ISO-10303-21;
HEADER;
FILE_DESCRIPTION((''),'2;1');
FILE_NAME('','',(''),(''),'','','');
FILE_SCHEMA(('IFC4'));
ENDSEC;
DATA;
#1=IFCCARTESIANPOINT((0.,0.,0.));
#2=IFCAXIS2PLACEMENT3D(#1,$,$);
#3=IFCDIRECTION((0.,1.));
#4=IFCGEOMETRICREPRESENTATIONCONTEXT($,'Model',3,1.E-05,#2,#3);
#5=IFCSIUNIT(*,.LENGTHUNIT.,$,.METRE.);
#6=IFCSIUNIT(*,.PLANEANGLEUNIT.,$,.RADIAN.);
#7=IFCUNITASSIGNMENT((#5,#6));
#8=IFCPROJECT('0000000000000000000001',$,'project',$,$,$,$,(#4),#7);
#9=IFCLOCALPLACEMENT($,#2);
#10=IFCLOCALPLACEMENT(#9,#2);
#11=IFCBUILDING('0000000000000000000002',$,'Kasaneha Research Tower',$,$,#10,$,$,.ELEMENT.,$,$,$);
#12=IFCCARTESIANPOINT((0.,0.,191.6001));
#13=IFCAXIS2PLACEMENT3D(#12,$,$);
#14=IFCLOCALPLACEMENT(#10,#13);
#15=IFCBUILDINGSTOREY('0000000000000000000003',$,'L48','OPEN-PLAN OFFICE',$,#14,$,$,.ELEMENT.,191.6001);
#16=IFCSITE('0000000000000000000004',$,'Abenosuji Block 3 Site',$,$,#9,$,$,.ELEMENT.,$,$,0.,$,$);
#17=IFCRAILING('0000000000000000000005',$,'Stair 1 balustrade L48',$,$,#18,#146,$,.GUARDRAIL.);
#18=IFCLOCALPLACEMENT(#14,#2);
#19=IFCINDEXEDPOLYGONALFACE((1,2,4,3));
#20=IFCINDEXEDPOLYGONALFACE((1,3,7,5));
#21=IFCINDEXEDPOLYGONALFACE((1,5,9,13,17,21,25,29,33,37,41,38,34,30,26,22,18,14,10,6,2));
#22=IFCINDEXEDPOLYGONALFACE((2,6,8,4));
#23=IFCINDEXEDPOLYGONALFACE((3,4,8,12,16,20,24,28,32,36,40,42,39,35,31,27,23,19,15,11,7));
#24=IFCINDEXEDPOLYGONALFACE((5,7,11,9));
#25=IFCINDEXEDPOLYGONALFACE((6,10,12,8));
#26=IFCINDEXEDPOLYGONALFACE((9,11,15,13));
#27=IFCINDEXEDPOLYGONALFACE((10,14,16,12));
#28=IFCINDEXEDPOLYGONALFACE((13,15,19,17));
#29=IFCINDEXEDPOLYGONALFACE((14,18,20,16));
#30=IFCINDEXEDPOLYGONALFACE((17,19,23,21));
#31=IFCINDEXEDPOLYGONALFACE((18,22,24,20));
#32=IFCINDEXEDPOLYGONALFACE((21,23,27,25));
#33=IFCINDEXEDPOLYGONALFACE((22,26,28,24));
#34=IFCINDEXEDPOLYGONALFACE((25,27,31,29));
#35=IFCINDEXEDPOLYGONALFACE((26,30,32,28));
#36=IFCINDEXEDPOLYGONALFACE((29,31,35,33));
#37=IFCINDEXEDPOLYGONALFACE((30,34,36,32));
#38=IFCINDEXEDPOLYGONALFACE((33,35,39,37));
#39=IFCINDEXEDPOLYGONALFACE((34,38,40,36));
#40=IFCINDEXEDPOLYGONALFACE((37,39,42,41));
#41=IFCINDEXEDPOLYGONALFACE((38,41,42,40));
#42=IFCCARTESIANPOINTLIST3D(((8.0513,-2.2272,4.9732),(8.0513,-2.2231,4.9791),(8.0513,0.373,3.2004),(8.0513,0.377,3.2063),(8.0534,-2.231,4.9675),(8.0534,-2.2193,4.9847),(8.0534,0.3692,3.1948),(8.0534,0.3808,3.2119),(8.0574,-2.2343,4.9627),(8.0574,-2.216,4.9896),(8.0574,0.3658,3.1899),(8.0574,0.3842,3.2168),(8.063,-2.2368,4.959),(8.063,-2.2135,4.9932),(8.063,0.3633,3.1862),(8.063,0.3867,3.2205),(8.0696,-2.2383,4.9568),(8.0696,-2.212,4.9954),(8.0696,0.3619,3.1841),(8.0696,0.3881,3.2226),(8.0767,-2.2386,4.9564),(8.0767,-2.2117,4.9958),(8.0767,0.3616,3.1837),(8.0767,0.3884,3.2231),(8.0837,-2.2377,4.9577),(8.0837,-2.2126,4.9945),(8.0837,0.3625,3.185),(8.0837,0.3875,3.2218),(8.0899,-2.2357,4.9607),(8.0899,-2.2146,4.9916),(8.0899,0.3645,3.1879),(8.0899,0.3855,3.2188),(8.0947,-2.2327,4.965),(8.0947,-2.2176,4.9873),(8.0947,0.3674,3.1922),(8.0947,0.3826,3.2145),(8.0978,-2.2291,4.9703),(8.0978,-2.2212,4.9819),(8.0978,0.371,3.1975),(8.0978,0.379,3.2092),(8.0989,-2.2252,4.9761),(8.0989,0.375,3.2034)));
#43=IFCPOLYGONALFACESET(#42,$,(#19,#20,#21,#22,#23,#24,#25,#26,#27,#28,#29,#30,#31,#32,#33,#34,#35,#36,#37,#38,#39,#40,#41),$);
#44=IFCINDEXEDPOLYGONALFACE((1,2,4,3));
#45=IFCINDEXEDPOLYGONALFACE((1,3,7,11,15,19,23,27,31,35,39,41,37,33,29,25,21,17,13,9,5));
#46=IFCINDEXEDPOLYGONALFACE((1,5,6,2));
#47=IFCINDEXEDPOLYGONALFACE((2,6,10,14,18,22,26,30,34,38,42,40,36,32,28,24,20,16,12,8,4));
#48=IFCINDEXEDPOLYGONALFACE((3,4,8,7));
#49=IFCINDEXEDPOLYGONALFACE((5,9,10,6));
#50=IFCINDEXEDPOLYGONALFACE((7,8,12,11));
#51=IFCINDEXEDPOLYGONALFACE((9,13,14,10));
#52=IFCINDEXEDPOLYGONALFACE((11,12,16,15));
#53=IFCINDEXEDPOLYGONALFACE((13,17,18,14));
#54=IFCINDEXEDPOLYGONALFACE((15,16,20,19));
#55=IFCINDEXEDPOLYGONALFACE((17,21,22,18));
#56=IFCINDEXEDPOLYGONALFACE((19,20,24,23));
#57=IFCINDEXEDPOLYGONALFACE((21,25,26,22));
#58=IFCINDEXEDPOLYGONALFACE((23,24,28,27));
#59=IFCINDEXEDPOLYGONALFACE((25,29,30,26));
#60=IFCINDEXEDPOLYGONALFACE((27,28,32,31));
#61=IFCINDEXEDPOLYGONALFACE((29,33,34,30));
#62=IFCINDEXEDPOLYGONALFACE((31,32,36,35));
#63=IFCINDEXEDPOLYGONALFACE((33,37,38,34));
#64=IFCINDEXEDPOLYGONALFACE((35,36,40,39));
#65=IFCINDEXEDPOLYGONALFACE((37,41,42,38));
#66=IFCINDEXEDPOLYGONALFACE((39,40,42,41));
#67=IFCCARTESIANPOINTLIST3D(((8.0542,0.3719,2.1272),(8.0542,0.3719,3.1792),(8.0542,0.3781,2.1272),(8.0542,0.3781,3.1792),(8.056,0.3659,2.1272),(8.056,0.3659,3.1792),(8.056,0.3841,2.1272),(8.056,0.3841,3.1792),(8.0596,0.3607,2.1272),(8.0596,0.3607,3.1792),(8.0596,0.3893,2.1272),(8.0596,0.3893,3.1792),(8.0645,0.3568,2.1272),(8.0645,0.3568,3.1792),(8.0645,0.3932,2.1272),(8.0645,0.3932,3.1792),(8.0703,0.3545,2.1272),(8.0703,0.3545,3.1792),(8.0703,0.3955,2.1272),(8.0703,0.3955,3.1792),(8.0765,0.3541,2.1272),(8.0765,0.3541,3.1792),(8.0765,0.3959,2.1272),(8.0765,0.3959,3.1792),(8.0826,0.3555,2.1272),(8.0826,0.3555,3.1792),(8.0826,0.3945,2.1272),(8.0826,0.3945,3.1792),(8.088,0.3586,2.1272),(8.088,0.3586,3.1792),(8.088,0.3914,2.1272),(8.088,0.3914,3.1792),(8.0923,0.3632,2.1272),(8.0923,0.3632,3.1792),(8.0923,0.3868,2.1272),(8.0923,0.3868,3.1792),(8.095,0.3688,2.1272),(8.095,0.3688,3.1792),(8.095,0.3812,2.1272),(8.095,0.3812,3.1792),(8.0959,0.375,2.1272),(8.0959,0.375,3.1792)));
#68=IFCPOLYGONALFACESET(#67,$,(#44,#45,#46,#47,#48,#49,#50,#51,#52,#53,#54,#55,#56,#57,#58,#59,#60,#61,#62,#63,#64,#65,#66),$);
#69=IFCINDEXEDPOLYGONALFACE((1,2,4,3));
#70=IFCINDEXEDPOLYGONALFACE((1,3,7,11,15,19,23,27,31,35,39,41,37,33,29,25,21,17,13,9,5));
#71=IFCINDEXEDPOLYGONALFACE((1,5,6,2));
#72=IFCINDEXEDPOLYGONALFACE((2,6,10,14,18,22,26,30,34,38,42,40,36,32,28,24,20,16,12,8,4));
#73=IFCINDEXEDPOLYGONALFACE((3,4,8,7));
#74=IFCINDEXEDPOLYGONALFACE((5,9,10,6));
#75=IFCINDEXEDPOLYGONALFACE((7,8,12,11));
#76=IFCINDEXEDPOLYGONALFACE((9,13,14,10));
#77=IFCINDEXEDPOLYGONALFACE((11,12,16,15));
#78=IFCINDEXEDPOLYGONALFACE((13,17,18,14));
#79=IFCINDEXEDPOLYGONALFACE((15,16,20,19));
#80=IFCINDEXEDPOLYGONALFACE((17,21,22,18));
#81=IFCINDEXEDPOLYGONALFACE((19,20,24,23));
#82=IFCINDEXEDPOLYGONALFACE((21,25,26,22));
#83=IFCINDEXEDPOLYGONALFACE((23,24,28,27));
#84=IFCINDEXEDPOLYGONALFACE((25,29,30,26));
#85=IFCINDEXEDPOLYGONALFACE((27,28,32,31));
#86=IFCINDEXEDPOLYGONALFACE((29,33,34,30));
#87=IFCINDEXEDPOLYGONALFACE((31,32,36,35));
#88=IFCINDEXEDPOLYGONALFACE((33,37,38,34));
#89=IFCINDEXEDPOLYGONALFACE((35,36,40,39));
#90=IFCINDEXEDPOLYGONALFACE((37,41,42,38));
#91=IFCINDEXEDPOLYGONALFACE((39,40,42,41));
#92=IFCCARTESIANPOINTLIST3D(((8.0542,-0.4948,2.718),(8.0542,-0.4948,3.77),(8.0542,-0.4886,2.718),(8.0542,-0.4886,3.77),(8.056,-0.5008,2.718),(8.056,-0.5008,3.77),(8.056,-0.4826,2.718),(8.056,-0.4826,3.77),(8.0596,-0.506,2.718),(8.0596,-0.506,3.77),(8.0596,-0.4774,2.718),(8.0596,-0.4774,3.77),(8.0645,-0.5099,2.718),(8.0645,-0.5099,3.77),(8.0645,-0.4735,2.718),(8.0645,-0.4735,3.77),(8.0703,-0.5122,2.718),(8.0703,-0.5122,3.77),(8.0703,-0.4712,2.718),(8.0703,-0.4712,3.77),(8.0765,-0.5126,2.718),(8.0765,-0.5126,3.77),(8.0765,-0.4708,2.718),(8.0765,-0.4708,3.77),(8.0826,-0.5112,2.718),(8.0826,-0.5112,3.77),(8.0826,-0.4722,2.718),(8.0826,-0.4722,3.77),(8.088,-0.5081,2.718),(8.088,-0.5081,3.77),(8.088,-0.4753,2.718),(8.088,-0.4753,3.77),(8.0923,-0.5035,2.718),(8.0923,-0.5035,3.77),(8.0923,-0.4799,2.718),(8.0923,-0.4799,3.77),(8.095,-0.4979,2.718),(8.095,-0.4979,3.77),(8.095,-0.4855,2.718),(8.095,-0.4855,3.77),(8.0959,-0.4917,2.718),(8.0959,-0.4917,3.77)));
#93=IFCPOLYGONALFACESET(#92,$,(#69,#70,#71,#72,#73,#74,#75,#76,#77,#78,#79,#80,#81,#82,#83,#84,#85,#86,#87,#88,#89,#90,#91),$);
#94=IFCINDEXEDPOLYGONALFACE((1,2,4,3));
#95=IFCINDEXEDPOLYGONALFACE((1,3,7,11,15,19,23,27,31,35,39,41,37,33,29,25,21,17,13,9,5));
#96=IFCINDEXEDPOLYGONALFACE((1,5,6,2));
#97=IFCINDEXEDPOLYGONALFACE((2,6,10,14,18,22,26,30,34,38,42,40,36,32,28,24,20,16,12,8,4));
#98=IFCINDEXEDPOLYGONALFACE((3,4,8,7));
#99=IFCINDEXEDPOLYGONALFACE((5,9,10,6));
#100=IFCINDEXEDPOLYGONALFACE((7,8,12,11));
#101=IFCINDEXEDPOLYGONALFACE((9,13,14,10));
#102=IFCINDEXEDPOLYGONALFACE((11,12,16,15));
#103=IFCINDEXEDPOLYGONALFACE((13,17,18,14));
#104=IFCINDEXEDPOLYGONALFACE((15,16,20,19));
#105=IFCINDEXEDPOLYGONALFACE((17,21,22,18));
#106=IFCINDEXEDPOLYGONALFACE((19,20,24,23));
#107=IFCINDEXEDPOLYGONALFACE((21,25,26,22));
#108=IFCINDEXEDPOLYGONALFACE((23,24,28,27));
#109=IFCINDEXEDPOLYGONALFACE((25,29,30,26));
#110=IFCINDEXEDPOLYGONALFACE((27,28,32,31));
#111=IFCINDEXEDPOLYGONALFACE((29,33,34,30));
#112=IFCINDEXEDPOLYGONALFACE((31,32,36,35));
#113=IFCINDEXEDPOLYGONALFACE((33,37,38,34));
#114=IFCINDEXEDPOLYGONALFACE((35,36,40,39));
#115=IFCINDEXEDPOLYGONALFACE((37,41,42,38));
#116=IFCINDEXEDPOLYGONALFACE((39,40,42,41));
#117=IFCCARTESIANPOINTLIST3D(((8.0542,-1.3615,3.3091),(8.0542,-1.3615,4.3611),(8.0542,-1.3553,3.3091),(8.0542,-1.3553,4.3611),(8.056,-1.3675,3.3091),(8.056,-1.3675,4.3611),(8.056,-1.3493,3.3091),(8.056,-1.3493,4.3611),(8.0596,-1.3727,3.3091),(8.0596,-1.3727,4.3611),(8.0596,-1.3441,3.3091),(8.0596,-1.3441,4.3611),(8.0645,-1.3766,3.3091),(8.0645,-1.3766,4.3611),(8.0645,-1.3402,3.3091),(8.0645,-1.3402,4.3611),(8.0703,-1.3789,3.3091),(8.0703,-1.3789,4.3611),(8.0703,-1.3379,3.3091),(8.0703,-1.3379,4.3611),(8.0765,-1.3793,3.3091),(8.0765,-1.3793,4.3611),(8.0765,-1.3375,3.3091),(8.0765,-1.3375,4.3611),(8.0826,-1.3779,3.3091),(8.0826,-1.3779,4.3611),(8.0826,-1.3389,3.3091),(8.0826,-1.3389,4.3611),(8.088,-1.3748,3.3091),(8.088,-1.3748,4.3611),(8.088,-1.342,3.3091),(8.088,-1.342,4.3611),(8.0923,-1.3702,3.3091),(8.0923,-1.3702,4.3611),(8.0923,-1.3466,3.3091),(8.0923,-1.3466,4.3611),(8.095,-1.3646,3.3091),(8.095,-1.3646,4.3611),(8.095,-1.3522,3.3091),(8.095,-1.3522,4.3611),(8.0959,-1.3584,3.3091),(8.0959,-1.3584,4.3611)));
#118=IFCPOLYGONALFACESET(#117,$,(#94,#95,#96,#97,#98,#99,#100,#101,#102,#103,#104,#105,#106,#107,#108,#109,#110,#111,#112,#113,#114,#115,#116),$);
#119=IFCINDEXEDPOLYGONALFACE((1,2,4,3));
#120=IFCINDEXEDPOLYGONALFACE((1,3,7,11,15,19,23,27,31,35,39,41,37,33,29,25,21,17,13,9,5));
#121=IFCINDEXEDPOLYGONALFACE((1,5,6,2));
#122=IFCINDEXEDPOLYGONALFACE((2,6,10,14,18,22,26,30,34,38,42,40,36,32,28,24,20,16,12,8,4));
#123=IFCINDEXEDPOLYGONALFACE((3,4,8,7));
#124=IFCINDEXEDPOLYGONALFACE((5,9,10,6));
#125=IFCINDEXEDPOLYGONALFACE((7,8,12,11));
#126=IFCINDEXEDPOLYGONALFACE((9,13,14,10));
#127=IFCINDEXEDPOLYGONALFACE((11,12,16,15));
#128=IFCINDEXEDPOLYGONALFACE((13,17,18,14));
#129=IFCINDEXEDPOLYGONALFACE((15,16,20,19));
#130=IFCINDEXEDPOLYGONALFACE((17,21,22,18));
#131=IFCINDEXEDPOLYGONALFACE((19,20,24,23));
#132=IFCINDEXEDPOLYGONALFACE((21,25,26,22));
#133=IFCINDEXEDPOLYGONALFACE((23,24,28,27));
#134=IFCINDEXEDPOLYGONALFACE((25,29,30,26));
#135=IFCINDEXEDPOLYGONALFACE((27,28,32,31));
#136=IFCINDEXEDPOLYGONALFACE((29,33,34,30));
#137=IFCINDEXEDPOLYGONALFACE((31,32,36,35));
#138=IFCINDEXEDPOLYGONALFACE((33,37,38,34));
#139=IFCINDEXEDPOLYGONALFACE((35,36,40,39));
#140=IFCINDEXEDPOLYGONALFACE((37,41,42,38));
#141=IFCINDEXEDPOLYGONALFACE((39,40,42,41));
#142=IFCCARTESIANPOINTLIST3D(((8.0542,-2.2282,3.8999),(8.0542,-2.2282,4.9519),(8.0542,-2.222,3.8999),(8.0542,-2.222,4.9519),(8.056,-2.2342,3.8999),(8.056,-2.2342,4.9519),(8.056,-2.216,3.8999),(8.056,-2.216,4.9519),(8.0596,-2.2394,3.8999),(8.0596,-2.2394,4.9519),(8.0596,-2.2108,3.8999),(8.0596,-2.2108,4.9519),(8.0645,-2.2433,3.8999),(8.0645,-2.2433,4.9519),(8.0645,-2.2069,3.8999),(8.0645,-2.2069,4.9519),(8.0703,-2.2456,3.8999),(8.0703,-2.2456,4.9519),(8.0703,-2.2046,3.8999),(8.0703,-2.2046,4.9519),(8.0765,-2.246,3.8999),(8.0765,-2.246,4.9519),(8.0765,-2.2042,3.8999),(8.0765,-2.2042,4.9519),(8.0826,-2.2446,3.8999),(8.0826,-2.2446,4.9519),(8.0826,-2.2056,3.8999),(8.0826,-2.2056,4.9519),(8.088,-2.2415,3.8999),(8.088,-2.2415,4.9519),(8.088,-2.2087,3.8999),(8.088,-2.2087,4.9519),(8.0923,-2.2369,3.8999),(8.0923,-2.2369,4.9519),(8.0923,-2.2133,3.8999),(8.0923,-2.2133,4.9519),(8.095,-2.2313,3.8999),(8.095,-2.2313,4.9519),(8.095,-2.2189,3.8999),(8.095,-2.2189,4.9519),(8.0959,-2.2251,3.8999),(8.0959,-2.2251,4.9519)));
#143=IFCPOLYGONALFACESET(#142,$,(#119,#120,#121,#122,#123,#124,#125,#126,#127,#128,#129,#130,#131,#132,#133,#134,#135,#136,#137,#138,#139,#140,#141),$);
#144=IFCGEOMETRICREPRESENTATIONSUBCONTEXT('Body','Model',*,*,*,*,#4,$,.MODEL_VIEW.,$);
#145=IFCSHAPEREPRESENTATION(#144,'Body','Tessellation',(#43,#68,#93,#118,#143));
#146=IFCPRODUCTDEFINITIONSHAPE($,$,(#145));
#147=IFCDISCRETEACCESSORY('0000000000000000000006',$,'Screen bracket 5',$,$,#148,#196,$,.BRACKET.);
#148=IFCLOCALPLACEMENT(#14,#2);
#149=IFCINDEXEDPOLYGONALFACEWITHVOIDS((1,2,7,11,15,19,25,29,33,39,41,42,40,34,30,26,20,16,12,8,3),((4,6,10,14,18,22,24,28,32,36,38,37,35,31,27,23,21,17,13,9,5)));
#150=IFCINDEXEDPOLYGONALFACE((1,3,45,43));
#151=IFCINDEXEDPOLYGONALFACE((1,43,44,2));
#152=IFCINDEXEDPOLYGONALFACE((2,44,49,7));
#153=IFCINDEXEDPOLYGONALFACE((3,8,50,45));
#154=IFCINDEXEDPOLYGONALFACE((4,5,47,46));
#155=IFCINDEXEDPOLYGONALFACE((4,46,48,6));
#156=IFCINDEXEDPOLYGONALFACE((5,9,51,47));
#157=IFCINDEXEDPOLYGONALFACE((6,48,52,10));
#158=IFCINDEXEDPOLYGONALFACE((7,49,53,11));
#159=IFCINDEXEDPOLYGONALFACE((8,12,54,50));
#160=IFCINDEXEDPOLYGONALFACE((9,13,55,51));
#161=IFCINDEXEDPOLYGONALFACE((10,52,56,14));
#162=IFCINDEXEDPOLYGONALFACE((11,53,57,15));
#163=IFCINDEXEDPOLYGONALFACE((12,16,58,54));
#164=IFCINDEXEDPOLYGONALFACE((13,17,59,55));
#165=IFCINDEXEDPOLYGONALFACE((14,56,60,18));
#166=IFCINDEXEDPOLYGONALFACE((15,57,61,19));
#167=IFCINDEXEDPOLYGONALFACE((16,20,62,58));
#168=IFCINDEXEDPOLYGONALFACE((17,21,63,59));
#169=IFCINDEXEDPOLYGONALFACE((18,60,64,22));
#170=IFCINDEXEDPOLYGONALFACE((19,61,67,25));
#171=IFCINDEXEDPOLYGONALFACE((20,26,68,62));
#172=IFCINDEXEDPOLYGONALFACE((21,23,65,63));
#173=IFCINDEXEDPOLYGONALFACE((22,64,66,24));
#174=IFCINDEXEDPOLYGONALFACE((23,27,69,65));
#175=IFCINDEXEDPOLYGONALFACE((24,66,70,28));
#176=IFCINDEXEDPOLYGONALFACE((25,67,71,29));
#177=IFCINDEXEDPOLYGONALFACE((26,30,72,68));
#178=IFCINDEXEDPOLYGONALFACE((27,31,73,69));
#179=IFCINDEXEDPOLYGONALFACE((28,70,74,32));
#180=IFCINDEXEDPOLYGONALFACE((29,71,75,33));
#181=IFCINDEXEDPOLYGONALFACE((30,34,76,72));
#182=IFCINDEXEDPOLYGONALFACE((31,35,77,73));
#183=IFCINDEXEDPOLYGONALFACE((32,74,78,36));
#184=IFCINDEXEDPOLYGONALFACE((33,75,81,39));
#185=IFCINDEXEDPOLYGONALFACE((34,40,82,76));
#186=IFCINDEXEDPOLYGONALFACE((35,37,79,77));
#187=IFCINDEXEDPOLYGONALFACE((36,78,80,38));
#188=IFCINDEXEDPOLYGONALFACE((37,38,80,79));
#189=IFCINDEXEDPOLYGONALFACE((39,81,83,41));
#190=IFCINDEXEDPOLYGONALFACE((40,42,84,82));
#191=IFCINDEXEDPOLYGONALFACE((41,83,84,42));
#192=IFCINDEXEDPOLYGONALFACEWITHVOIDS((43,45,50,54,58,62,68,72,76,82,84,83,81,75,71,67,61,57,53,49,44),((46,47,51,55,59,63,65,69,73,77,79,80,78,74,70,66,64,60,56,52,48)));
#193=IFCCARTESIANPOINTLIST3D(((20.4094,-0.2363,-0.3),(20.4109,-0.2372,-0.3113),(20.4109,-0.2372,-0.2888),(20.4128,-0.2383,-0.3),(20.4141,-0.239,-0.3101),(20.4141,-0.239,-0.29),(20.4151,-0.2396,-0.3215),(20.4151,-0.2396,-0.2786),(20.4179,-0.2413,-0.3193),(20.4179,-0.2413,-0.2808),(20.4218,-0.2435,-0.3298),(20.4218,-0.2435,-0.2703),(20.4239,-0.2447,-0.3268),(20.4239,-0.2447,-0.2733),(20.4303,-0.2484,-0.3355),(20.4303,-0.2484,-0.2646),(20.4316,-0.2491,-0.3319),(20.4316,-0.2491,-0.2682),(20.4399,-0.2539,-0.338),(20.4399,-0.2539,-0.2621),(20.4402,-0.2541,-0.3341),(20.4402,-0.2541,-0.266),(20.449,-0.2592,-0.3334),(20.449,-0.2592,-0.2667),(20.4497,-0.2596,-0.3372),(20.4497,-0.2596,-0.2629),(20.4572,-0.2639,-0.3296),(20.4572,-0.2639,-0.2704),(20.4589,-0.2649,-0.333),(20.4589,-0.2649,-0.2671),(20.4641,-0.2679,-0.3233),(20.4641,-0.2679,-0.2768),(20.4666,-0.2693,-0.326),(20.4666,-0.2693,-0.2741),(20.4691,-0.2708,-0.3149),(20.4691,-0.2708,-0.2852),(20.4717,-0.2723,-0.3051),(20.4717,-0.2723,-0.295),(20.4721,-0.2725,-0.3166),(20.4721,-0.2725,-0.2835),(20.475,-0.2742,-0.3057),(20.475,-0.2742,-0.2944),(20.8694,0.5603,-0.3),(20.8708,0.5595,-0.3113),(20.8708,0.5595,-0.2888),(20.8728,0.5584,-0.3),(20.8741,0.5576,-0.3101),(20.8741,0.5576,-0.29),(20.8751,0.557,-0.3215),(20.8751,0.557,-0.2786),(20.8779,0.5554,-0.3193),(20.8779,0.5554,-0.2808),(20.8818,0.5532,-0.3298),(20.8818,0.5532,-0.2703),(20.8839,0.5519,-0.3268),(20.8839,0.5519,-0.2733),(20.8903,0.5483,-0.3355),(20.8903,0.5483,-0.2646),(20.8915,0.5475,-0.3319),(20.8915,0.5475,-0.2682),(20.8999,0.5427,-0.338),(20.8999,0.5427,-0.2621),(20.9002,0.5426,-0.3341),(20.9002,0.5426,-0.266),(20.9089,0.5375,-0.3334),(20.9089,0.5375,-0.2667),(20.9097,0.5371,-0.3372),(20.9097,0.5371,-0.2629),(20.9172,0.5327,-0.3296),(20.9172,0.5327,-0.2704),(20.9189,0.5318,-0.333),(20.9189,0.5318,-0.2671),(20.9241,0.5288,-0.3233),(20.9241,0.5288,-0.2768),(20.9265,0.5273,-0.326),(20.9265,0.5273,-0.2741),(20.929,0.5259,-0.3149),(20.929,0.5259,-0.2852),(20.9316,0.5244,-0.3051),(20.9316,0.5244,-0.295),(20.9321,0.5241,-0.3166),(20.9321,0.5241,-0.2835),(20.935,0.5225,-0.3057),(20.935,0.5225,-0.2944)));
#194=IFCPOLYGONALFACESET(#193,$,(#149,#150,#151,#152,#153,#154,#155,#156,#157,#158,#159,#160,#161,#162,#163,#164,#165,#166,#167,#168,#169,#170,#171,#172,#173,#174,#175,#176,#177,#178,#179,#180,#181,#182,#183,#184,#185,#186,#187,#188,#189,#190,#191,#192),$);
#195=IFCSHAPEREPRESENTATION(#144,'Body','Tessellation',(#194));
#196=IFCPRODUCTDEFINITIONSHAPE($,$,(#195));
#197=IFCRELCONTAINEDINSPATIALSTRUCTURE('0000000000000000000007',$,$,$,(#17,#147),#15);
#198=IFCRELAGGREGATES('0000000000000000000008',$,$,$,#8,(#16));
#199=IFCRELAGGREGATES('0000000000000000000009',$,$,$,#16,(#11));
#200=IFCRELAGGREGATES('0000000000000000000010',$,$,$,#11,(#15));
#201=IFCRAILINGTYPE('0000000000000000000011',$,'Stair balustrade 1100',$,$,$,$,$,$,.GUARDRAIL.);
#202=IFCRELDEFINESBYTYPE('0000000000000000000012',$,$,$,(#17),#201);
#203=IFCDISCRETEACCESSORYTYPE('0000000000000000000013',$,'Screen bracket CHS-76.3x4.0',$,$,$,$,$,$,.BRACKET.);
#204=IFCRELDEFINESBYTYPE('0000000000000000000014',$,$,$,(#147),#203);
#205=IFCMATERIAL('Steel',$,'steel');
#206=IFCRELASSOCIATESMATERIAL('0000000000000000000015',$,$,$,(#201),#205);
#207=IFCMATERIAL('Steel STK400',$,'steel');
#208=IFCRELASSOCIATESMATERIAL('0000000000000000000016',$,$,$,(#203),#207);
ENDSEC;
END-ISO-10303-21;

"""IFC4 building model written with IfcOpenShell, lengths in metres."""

from ifc_helpers import new_model, si_unit, direction, frame, origin, origin_2d, place, context, subcontext, project, spatial, circle, hollow_circle, extrude, material, material_profile, profile_set, type_object, element, save


model = new_model("IFC4")

# Units and contexts
model_context = context("Model", 3, precision=1e-05, world=origin(), true_north=direction((0.0, 1.0)))
body_context = subcontext(model_context, "Body", "Model", "MODEL_VIEW")
ifc_project = project(units=[si_unit("LENGTHUNIT", "METRE"), si_unit("PLANEANGLEUNIT", "RADIAN")], contexts=[model_context])

# Site, building, storey
site_placement = place(None, origin())
site = spatial("IfcSite", under=ifc_project, at=site_placement, Name="Abenosuji Block 3 Site", CompositionType="ELEMENT", RefElevation=0.0)
building_placement = place(site_placement, origin())
building = spatial("IfcBuilding", under=site, at=building_placement, Name="Kasaneha Research Tower", CompositionType="ELEMENT")
storey_placement = place(building_placement, frame((0.0, 0.0, 191.6001)))
storey = spatial("IfcBuildingStorey", under=building, at=storey_placement, Name="L48", Description="OPEN-PLAN OFFICE", CompositionType="ELEMENT", Elevation=191.6001)

# Railing
ifc_material_1 = material(Name="Steel", Category="steel")
railing_type = type_object("IfcRailingType", Name="Stair balustrade 1100", PredefinedType="GUARDRAIL", material=ifc_material_1)
railing_placement = place(storey_placement, frame((8.075, 0.375, 2.1272)))
element("IfcRailing", 1, at=railing_placement, inside=storey, type_object=railing_type, Name="Stair 1 balustrade L48", PredefinedType="GUARDRAIL", context=body_context, shape_type="SweptSolid", body=[
    extrude(circle(Radius=0.0239, at=origin_2d()), frame((0.0, 0.0, 1.0762), z_axis=(0.0, -0.82624, 0.563318), x_axis=(1.0, 0.0, 0.0)), (0.0, 0.0, 1.0), 3.147),
    extrude(circle(Radius=0.021, at=origin_2d()), origin(), (0.0, 0.0, 1.0), 1.052),
    extrude(circle(Radius=0.021, at=origin_2d()), frame((0.0, -0.8667, 0.5908)), (0.0, 0.0, 1.0), 1.052),
    extrude(circle(Radius=0.021, at=origin_2d()), frame((0.0, -1.7334, 1.1819)), (0.0, 0.0, 1.0), 1.052),
    extrude(circle(Radius=0.021, at=origin_2d()), frame((0.0, -2.6001, 1.7727)), (0.0, 0.0, 1.0), 1.052),
])

# Discrete accessory
ifc_material_2 = material(Name="Steel STK400", Category="steel")
ifc_material_profile_1 = material_profile(ifc_material_2, hollow_circle(Radius=0.0381, WallThickness=0.0039, at=origin_2d()), Name="CHS-76.3x4.0")
ifc_profile_set_1 = profile_set([ifc_material_profile_1], Name="Steel STK400")
discrete_accessory_type = type_object("IfcDiscreteAccessoryType", Name="Screen bracket CHS-76.3x4.0", PredefinedType="BRACKET", material=ifc_profile_set_1)
for number, where, z_axis, x_axis, name in (
    (2, (20.4424, -0.2554, -0.3), (0.500021, 0.866013, 0.0), (-0.866013, 0.500021, 0.0), "Screen bracket 5"),
):
    element("IfcDiscreteAccessory", number, at=place(storey_placement, frame(where, z_axis=z_axis, x_axis=x_axis)), inside=storey, type_object=discrete_accessory_type, Name=name, PredefinedType="BRACKET", context=body_context, shape_type="SweptSolid", body=[
        extrude(hollow_circle(Radius=0.0381, WallThickness=0.0039, at=origin_2d()), origin(), (0.0, 0.0, 1.0), 0.9199),
    ])

save(model, "model.ifc")
